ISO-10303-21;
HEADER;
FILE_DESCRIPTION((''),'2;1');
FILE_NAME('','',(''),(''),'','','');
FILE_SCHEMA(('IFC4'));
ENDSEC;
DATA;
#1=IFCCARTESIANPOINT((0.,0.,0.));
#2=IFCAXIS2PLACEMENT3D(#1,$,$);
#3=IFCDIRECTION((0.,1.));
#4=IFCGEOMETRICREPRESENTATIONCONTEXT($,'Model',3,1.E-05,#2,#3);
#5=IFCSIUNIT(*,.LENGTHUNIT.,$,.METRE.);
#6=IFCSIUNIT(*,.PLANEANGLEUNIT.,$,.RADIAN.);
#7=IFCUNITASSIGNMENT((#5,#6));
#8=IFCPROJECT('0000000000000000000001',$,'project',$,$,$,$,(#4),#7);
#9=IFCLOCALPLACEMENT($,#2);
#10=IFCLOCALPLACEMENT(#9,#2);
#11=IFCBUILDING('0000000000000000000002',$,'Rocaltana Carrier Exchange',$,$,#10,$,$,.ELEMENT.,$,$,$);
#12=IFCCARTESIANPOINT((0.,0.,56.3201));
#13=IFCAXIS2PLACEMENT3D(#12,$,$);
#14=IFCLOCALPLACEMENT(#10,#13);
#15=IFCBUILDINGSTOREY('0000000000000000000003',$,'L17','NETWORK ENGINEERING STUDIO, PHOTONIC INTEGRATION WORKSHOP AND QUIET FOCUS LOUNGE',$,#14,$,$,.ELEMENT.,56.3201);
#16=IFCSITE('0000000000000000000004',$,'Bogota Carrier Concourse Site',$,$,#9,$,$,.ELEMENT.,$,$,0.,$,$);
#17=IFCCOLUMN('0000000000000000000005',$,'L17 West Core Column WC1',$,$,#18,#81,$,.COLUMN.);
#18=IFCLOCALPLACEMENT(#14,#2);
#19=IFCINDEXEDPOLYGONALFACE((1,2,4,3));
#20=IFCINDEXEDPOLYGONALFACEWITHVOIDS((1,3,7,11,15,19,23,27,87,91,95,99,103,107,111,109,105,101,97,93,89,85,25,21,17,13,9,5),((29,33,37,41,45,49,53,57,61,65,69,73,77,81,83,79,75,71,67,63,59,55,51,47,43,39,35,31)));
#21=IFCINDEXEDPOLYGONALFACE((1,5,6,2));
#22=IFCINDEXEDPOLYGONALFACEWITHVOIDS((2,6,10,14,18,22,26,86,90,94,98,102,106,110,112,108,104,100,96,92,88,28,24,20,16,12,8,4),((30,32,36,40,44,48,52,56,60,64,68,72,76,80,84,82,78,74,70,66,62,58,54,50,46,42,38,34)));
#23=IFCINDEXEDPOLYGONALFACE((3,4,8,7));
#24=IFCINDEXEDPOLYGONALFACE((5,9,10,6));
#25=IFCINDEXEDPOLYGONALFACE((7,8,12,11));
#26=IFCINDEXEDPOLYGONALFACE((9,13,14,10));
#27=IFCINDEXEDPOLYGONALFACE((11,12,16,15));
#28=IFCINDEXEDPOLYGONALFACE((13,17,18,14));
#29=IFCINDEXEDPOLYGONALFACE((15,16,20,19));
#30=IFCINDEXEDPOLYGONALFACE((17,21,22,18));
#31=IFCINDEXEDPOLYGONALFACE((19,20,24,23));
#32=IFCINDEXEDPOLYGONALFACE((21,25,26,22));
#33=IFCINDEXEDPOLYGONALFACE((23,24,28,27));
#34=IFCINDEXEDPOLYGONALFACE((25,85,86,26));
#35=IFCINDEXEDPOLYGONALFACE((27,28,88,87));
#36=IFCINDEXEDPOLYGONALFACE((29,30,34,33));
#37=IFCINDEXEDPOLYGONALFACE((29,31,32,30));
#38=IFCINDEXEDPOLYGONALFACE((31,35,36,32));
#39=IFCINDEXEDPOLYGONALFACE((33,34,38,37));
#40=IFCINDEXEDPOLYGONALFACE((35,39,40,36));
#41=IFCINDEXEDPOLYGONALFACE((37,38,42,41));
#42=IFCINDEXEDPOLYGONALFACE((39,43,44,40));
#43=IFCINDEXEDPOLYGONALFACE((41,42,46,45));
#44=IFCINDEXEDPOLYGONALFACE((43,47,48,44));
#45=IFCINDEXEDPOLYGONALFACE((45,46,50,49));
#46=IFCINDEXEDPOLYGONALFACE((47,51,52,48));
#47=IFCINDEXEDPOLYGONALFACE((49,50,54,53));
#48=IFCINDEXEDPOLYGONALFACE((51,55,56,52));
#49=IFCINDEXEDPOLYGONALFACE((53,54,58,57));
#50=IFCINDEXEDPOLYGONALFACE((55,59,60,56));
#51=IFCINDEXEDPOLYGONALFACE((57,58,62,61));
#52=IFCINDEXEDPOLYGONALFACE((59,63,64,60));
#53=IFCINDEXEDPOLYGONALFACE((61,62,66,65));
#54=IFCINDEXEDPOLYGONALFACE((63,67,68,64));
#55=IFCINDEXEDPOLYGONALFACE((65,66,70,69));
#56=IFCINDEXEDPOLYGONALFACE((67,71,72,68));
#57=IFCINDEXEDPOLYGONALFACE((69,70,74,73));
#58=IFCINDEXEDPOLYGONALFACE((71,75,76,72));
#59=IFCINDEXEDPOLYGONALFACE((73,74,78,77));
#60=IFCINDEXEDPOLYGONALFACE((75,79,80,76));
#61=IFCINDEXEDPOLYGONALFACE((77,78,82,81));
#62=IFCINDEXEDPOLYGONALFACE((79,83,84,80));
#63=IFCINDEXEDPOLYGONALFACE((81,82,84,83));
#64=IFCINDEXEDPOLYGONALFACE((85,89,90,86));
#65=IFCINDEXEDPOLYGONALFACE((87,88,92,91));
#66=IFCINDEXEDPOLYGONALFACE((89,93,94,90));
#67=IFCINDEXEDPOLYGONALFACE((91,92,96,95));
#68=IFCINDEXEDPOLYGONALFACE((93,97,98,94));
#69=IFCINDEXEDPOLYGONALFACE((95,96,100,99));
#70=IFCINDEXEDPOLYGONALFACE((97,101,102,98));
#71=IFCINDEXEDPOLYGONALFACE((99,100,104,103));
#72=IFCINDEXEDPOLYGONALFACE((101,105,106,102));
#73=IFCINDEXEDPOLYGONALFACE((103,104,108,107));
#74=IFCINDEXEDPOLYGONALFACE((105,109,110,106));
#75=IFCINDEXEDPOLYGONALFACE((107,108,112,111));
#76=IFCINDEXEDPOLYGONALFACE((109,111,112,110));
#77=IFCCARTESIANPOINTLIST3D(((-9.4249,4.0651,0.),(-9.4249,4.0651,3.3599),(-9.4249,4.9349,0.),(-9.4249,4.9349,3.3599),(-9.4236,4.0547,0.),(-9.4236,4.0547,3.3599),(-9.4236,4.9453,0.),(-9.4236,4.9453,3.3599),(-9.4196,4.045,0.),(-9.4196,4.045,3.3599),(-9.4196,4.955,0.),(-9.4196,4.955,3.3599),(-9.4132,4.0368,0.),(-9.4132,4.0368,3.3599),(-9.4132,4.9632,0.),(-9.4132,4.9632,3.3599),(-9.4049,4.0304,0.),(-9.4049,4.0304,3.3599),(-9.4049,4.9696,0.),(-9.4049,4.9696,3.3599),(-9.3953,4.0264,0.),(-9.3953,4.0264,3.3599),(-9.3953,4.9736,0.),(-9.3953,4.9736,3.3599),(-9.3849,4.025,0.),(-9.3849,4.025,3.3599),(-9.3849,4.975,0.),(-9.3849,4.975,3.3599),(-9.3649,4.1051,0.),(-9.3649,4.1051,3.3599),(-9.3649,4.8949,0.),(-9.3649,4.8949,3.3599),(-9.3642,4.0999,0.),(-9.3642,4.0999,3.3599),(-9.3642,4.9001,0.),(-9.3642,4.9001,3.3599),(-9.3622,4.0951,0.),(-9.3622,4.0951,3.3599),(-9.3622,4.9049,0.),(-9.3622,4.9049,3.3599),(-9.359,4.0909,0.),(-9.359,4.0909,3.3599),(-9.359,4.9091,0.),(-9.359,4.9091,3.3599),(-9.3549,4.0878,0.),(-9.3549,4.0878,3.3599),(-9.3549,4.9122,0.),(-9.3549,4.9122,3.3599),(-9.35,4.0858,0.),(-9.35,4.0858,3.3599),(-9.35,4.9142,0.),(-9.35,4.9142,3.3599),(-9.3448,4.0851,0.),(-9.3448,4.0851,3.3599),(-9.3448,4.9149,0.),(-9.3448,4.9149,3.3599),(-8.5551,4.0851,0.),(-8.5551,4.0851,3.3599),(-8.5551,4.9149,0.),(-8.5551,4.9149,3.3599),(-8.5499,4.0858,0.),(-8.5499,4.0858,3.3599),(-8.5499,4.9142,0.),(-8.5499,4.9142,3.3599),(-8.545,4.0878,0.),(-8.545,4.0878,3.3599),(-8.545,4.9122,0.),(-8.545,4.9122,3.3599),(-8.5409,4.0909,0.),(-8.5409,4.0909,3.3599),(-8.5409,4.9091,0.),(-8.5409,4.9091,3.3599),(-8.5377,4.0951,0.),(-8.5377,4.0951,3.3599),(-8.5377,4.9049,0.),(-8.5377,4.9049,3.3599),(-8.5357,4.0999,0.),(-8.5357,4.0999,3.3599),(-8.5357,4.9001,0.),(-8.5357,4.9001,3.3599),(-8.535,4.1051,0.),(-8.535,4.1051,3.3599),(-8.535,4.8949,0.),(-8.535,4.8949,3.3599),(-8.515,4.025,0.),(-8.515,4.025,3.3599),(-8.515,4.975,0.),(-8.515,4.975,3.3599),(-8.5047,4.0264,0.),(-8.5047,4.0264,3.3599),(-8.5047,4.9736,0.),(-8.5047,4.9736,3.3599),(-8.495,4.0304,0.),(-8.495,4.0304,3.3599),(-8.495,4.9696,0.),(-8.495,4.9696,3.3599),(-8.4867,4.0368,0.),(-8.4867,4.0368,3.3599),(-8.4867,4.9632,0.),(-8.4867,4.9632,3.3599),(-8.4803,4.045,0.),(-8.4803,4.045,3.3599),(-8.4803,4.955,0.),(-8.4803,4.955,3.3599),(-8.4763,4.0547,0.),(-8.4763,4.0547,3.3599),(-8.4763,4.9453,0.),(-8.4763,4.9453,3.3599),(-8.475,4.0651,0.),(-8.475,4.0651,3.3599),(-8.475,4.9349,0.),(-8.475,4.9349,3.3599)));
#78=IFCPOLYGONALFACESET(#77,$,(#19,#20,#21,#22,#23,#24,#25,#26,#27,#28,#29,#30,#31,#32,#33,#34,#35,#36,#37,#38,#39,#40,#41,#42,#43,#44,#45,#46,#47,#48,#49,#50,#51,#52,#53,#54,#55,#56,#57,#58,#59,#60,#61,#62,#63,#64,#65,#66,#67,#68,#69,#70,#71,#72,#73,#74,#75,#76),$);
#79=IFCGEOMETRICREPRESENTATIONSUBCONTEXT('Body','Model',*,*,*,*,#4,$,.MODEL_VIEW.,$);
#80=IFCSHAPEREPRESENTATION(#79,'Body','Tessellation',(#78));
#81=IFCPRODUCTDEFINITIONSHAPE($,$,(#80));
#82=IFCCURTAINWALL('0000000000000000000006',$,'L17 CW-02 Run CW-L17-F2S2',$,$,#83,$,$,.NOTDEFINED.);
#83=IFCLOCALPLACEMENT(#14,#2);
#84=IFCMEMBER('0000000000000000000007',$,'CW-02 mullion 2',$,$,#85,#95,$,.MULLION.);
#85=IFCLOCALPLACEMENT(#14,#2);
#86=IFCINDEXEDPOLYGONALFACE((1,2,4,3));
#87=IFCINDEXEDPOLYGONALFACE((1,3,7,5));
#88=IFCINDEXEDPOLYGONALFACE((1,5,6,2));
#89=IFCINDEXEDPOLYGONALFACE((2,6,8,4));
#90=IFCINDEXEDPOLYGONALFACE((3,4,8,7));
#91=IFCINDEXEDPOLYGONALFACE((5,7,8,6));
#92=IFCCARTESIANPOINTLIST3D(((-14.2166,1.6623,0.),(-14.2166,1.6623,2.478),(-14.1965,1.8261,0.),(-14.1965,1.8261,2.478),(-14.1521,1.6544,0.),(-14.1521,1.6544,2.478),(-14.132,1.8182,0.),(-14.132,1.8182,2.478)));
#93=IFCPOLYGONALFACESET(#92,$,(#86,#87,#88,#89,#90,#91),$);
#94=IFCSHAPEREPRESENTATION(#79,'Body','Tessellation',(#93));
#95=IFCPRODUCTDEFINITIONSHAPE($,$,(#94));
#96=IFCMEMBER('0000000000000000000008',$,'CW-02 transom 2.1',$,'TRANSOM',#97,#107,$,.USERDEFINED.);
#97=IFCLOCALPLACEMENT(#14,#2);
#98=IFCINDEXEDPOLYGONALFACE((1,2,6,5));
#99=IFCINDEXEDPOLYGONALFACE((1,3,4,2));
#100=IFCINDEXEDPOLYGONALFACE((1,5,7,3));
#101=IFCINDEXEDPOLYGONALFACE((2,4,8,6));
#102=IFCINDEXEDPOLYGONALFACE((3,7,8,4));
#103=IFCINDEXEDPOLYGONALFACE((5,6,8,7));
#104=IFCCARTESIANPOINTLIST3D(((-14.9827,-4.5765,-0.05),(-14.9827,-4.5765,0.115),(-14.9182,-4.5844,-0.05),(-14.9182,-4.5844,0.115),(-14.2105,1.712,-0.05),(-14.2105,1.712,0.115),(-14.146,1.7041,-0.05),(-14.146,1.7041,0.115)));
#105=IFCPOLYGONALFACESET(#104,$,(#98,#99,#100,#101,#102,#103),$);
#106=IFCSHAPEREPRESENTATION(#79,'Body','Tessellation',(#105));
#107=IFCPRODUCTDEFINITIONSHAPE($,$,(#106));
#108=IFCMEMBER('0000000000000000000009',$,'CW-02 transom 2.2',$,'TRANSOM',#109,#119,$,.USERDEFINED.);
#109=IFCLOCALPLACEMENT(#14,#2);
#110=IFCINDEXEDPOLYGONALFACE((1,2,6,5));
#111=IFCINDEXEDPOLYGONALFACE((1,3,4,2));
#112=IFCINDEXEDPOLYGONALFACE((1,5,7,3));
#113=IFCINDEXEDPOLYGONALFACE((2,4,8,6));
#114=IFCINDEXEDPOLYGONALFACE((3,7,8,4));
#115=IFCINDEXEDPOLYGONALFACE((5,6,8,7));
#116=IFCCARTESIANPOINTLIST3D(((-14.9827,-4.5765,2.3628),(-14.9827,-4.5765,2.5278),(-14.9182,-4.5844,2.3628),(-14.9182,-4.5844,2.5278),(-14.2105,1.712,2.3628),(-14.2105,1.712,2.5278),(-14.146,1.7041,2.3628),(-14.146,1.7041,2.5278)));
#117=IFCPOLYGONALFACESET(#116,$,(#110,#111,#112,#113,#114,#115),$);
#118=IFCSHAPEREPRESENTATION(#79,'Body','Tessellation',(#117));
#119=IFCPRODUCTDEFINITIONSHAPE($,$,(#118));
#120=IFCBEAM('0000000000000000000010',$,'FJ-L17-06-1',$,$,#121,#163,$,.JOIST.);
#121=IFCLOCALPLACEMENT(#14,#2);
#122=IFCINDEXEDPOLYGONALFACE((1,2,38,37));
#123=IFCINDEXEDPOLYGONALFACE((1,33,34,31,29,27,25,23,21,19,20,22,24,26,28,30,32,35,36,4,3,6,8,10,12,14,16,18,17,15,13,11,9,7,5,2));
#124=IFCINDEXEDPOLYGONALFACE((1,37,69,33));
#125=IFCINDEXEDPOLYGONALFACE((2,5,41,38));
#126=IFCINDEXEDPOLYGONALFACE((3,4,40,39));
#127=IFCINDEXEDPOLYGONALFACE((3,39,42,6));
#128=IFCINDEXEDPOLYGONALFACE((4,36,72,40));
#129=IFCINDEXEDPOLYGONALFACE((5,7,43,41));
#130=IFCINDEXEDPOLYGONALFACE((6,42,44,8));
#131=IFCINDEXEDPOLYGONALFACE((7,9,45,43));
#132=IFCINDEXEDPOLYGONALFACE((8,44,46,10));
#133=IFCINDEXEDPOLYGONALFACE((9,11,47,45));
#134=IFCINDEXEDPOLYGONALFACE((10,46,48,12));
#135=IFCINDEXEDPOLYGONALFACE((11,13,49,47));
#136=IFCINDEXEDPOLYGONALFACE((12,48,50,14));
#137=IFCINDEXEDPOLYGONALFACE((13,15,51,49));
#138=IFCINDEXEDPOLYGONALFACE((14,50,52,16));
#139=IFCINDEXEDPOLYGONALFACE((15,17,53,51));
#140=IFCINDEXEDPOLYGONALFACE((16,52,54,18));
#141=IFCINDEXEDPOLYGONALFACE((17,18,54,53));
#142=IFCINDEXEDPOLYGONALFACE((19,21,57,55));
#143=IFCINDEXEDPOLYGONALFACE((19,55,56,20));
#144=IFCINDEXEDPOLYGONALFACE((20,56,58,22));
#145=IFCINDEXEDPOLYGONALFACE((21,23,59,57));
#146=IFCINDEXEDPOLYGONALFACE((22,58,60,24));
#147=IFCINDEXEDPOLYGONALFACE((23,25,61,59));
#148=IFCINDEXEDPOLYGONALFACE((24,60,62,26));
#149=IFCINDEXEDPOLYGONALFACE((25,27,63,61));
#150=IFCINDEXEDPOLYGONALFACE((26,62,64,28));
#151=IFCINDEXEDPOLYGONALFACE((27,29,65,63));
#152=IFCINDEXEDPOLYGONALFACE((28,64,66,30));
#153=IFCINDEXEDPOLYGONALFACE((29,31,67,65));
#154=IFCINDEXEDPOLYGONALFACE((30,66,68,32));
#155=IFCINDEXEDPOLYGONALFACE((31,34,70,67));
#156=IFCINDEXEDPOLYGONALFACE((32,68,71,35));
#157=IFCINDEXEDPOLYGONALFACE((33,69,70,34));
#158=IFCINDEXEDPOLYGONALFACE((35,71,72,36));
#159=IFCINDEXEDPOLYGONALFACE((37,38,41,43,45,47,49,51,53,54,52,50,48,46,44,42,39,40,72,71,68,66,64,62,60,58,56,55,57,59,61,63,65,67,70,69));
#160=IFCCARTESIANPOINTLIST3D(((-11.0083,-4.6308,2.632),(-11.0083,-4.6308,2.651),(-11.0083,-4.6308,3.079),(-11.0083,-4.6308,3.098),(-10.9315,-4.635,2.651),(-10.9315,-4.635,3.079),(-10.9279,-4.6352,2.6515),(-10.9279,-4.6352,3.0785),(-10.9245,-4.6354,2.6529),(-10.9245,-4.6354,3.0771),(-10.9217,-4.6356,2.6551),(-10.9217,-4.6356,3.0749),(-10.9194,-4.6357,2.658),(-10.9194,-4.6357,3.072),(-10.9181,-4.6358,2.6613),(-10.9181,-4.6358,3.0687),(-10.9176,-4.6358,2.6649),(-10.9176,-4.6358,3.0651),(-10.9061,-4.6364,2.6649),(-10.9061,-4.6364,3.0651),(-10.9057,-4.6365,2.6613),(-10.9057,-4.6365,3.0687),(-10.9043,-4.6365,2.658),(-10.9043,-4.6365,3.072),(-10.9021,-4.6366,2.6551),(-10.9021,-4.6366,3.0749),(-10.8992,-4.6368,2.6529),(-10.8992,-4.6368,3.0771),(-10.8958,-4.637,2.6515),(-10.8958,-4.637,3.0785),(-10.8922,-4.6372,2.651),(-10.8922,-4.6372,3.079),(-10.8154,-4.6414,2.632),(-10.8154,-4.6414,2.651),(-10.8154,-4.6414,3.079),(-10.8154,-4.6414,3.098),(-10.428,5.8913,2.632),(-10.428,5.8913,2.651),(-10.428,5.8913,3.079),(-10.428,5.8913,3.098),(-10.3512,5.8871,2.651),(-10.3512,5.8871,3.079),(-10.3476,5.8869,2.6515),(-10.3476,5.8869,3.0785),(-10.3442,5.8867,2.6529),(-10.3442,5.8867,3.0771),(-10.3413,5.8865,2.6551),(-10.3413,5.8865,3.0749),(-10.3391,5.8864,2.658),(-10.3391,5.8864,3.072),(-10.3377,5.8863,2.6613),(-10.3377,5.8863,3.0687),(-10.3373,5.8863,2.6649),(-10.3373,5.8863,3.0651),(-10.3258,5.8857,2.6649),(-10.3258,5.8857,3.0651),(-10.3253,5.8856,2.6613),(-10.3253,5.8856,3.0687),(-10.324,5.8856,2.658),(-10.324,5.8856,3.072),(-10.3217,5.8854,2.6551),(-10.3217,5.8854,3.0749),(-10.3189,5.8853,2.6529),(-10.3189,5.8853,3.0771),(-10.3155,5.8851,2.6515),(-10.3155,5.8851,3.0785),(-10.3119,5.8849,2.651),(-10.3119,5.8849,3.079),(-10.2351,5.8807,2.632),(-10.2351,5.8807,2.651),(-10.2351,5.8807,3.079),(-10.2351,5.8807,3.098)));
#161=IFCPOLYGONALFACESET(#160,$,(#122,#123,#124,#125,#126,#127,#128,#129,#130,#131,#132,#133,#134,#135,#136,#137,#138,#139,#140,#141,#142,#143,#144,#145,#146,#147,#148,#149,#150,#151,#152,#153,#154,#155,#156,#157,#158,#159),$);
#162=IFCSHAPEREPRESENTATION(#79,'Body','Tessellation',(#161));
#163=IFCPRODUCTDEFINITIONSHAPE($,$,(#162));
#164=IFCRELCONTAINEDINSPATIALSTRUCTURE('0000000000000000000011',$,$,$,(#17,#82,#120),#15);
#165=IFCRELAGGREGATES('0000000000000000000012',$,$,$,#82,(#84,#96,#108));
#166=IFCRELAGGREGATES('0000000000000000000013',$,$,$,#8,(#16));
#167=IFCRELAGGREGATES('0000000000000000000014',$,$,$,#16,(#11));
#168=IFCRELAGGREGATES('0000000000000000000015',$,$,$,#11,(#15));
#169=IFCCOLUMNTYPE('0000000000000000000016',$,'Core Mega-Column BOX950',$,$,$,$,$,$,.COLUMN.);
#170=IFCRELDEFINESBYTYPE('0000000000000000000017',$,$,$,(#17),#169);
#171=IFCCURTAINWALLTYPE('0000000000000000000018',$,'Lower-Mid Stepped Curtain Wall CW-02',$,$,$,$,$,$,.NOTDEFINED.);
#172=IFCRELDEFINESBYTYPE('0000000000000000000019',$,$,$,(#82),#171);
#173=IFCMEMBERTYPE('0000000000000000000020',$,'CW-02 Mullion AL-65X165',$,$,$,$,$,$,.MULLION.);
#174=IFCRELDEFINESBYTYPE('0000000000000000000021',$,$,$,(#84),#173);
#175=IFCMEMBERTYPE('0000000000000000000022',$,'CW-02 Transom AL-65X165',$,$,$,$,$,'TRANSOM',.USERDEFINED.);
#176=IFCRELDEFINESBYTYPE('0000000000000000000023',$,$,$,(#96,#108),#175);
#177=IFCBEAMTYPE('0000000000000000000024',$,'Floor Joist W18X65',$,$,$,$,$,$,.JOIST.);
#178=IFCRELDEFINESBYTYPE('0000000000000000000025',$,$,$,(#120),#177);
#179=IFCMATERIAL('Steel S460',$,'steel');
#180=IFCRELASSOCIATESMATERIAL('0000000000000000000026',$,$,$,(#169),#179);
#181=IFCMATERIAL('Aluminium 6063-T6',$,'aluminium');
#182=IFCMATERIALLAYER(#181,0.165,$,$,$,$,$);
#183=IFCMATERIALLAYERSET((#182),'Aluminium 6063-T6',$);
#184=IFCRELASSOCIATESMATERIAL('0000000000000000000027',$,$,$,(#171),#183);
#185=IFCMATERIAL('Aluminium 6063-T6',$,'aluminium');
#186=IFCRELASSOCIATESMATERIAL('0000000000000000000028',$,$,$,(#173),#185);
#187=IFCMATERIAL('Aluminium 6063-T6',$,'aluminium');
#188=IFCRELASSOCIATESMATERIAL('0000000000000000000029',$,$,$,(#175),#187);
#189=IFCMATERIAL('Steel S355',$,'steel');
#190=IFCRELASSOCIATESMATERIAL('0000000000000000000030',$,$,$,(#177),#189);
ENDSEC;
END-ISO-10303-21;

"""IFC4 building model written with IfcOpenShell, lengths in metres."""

from ifc_helpers import new_model, si_unit, direction, frame, origin, origin_2d, place, context, subcontext, project, spatial, rectangle, hollow_rectangle, i_section, extrude, material, layer, layer_set, material_profile, profile_set, type_object, element, aggregate, save


model = new_model("IFC4")

# Units and contexts
model_context = context("Model", 3, precision=1e-05, world=origin(), true_north=direction((0.0, 1.0)))
body_context = subcontext(model_context, "Body", "Model", "MODEL_VIEW")
ifc_project = project(units=[si_unit("LENGTHUNIT", "METRE"), si_unit("PLANEANGLEUNIT", "RADIAN")], contexts=[model_context])

# Site, building, storey
site_placement = place(None, origin())
site = spatial("IfcSite", under=ifc_project, at=site_placement, Name="Bogota Carrier Concourse Site", CompositionType="ELEMENT", RefElevation=0.0)
building_placement = place(site_placement, origin())
building = spatial("IfcBuilding", under=site, at=building_placement, Name="Rocaltana Carrier Exchange", CompositionType="ELEMENT")
storey_placement = place(building_placement, frame((0.0, 0.0, 56.3201)))
storey = spatial("IfcBuildingStorey", under=building, at=storey_placement, Name="L17", Description="NETWORK ENGINEERING STUDIO, PHOTONIC INTEGRATION WORKSHOP AND QUIET FOCUS LOUNGE", CompositionType="ELEMENT", Elevation=56.3201)

# Column
ifc_material_1 = material(Name="Steel S460", Category="steel")
ifc_material_profile_1 = material_profile(ifc_material_1, hollow_rectangle(XDim=0.95, YDim=0.95, WallThickness=0.0601, InnerFilletRadius=0.02, OuterFilletRadius=0.04, at=origin_2d()), Name="BOX950X950X60")
ifc_profile_set_1 = profile_set([ifc_material_profile_1], Name="Steel S460")
column_type = type_object("IfcColumnType", Name="Core Mega-Column BOX950", PredefinedType="COLUMN", material=ifc_profile_set_1)
column_placement = place(storey_placement, frame((-8.95, 4.5, 0.0), z_axis=(0.0, 0.0, 1.0), x_axis=(1.0, 0.0, 0.0)))
element("IfcColumn", 1, at=column_placement, inside=storey, type_object=column_type, Name="L17 West Core Column WC1", PredefinedType="COLUMN", context=body_context, shape_type="SweptSolid", body=[
    extrude(hollow_rectangle(XDim=0.95, YDim=0.95, WallThickness=0.0601, InnerFilletRadius=0.02, OuterFilletRadius=0.04, at=origin_2d()), origin(), (0.0, 0.0, 1.0), 3.3599),
])

# Curtain wall, members
ifc_material_2 = material(Name="Aluminium 6063-T6", Category="aluminium")
ifc_layer_1 = layer(ifc_material_2, 0.165)
ifc_layer_set_1 = layer_set([ifc_layer_1], Name="Aluminium 6063-T6")
curtain_wall_type = type_object("IfcCurtainWallType", Name="Lower-Mid Stepped Curtain Wall CW-02", PredefinedType="NOTDEFINED", material=ifc_layer_set_1)
curtain_wall_placement = place(storey_placement, origin())
curtain_wall = element("IfcCurtainWall", 2, at=curtain_wall_placement, inside=storey, type_object=curtain_wall_type, Name="L17 CW-02 Run CW-L17-F2S2", PredefinedType="NOTDEFINED")
ifc_material_3 = material(Name="Aluminium 6063-T6", Category="aluminium")
ifc_material_profile_2 = material_profile(ifc_material_3, rectangle(XDim=0.0649, YDim=0.165, at=origin_2d()), Name="AL-65X165")
ifc_profile_set_2 = profile_set([ifc_material_profile_2], Name="Aluminium 6063-T6")
member_type_1 = type_object("IfcMemberType", Name="CW-02 Mullion AL-65X165", PredefinedType="MULLION", material=ifc_profile_set_2)
member_1_placement = place(storey_placement, frame((-14.1743, 1.7402, 0.0), z_axis=(0.0, 0.0, 1.0), x_axis=(0.992546, -0.121874, 0.0)))
member_1 = element("IfcMember", 3, at=member_1_placement, type_object=member_type_1, Name="CW-02 mullion 2", PredefinedType="MULLION", context=body_context, shape_type="SweptSolid", body=[
    extrude(rectangle(XDim=0.0649, YDim=0.165, at=origin_2d()), origin(), (0.0, 0.0, 1.0), 2.478),
])
ifc_material_4 = material(Name="Aluminium 6063-T6", Category="aluminium")
ifc_material_profile_3 = material_profile(ifc_material_4, rectangle(XDim=0.0649, YDim=0.165, at=origin_2d()), Name="AL-65X165")
ifc_profile_set_3 = profile_set([ifc_material_profile_3], Name="Aluminium 6063-T6")
member_type_2 = type_object("IfcMemberType", Name="CW-02 Transom AL-65X165", ElementType="TRANSOM", PredefinedType="USERDEFINED", material=ifc_profile_set_3)
member_2_placement = place(storey_placement, frame((-14.1782, 1.708, 0.0325), z_axis=(-0.121881, -0.992545, 0.0), x_axis=(0.992545, -0.121881, 0.0)))
member_2 = element("IfcMember", 4, at=member_2_placement, type_object=member_type_2, Name="CW-02 transom 2.1", ObjectType="TRANSOM", PredefinedType="USERDEFINED", context=body_context, shape_type="SweptSolid", body=[
    extrude(rectangle(XDim=0.0649, YDim=0.165, at=origin_2d()), origin(), (0.0, 0.0, 1.0), 6.3357),
])
member_3_placement = place(storey_placement, frame((-14.1782, 1.708, 2.4453), z_axis=(-0.121881, -0.992545, 0.0), x_axis=(0.992545, -0.121881, 0.0)))
member_3 = element("IfcMember", 5, at=member_3_placement, type_object=member_type_2, Name="CW-02 transom 2.2", ObjectType="TRANSOM", PredefinedType="USERDEFINED", context=body_context, shape_type="SweptSolid", body=[
    extrude(rectangle(XDim=0.0649, YDim=0.165, at=origin_2d()), origin(), (0.0, 0.0, 1.0), 6.3357),
])

# Beam
ifc_material_5 = material(Name="Steel S355", Category="steel")
ifc_material_profile_4 = material_profile(ifc_material_5, i_section(OverallWidth=0.1931, OverallDepth=0.4661, WebThickness=0.0115, FlangeThickness=0.019, FilletRadius=0.0139, at=origin_2d()), Name="W18X65")
ifc_profile_set_4 = profile_set([ifc_material_profile_4], Name="Steel S355")
beam_type_1 = type_object("IfcBeamType", Name="Floor Joist W18X65", PredefinedType="JOIST", material=ifc_profile_set_4)
beam_1_placement = place(storey_placement, frame((-10.3315, 5.886, 2.865), z_axis=(-0.055068, -0.998483, 0.0), x_axis=(0.998483, -0.055068, 0.0)))
element("IfcBeam", 6, at=beam_1_placement, inside=storey, type_object=beam_type_1, Name="FJ-L17-06-1", PredefinedType="JOIST", context=body_context, shape_type="SweptSolid", body=[
    extrude(i_section(OverallWidth=0.1931, OverallDepth=0.4661, WebThickness=0.0115, FlangeThickness=0.019, FilletRadius=0.0139, at=origin_2d()), origin(), (0.0, 0.0, 1.0), 10.5381),
])

aggregate(curtain_wall, [member_1, member_2, member_3])

save(model, "model.ifc")
